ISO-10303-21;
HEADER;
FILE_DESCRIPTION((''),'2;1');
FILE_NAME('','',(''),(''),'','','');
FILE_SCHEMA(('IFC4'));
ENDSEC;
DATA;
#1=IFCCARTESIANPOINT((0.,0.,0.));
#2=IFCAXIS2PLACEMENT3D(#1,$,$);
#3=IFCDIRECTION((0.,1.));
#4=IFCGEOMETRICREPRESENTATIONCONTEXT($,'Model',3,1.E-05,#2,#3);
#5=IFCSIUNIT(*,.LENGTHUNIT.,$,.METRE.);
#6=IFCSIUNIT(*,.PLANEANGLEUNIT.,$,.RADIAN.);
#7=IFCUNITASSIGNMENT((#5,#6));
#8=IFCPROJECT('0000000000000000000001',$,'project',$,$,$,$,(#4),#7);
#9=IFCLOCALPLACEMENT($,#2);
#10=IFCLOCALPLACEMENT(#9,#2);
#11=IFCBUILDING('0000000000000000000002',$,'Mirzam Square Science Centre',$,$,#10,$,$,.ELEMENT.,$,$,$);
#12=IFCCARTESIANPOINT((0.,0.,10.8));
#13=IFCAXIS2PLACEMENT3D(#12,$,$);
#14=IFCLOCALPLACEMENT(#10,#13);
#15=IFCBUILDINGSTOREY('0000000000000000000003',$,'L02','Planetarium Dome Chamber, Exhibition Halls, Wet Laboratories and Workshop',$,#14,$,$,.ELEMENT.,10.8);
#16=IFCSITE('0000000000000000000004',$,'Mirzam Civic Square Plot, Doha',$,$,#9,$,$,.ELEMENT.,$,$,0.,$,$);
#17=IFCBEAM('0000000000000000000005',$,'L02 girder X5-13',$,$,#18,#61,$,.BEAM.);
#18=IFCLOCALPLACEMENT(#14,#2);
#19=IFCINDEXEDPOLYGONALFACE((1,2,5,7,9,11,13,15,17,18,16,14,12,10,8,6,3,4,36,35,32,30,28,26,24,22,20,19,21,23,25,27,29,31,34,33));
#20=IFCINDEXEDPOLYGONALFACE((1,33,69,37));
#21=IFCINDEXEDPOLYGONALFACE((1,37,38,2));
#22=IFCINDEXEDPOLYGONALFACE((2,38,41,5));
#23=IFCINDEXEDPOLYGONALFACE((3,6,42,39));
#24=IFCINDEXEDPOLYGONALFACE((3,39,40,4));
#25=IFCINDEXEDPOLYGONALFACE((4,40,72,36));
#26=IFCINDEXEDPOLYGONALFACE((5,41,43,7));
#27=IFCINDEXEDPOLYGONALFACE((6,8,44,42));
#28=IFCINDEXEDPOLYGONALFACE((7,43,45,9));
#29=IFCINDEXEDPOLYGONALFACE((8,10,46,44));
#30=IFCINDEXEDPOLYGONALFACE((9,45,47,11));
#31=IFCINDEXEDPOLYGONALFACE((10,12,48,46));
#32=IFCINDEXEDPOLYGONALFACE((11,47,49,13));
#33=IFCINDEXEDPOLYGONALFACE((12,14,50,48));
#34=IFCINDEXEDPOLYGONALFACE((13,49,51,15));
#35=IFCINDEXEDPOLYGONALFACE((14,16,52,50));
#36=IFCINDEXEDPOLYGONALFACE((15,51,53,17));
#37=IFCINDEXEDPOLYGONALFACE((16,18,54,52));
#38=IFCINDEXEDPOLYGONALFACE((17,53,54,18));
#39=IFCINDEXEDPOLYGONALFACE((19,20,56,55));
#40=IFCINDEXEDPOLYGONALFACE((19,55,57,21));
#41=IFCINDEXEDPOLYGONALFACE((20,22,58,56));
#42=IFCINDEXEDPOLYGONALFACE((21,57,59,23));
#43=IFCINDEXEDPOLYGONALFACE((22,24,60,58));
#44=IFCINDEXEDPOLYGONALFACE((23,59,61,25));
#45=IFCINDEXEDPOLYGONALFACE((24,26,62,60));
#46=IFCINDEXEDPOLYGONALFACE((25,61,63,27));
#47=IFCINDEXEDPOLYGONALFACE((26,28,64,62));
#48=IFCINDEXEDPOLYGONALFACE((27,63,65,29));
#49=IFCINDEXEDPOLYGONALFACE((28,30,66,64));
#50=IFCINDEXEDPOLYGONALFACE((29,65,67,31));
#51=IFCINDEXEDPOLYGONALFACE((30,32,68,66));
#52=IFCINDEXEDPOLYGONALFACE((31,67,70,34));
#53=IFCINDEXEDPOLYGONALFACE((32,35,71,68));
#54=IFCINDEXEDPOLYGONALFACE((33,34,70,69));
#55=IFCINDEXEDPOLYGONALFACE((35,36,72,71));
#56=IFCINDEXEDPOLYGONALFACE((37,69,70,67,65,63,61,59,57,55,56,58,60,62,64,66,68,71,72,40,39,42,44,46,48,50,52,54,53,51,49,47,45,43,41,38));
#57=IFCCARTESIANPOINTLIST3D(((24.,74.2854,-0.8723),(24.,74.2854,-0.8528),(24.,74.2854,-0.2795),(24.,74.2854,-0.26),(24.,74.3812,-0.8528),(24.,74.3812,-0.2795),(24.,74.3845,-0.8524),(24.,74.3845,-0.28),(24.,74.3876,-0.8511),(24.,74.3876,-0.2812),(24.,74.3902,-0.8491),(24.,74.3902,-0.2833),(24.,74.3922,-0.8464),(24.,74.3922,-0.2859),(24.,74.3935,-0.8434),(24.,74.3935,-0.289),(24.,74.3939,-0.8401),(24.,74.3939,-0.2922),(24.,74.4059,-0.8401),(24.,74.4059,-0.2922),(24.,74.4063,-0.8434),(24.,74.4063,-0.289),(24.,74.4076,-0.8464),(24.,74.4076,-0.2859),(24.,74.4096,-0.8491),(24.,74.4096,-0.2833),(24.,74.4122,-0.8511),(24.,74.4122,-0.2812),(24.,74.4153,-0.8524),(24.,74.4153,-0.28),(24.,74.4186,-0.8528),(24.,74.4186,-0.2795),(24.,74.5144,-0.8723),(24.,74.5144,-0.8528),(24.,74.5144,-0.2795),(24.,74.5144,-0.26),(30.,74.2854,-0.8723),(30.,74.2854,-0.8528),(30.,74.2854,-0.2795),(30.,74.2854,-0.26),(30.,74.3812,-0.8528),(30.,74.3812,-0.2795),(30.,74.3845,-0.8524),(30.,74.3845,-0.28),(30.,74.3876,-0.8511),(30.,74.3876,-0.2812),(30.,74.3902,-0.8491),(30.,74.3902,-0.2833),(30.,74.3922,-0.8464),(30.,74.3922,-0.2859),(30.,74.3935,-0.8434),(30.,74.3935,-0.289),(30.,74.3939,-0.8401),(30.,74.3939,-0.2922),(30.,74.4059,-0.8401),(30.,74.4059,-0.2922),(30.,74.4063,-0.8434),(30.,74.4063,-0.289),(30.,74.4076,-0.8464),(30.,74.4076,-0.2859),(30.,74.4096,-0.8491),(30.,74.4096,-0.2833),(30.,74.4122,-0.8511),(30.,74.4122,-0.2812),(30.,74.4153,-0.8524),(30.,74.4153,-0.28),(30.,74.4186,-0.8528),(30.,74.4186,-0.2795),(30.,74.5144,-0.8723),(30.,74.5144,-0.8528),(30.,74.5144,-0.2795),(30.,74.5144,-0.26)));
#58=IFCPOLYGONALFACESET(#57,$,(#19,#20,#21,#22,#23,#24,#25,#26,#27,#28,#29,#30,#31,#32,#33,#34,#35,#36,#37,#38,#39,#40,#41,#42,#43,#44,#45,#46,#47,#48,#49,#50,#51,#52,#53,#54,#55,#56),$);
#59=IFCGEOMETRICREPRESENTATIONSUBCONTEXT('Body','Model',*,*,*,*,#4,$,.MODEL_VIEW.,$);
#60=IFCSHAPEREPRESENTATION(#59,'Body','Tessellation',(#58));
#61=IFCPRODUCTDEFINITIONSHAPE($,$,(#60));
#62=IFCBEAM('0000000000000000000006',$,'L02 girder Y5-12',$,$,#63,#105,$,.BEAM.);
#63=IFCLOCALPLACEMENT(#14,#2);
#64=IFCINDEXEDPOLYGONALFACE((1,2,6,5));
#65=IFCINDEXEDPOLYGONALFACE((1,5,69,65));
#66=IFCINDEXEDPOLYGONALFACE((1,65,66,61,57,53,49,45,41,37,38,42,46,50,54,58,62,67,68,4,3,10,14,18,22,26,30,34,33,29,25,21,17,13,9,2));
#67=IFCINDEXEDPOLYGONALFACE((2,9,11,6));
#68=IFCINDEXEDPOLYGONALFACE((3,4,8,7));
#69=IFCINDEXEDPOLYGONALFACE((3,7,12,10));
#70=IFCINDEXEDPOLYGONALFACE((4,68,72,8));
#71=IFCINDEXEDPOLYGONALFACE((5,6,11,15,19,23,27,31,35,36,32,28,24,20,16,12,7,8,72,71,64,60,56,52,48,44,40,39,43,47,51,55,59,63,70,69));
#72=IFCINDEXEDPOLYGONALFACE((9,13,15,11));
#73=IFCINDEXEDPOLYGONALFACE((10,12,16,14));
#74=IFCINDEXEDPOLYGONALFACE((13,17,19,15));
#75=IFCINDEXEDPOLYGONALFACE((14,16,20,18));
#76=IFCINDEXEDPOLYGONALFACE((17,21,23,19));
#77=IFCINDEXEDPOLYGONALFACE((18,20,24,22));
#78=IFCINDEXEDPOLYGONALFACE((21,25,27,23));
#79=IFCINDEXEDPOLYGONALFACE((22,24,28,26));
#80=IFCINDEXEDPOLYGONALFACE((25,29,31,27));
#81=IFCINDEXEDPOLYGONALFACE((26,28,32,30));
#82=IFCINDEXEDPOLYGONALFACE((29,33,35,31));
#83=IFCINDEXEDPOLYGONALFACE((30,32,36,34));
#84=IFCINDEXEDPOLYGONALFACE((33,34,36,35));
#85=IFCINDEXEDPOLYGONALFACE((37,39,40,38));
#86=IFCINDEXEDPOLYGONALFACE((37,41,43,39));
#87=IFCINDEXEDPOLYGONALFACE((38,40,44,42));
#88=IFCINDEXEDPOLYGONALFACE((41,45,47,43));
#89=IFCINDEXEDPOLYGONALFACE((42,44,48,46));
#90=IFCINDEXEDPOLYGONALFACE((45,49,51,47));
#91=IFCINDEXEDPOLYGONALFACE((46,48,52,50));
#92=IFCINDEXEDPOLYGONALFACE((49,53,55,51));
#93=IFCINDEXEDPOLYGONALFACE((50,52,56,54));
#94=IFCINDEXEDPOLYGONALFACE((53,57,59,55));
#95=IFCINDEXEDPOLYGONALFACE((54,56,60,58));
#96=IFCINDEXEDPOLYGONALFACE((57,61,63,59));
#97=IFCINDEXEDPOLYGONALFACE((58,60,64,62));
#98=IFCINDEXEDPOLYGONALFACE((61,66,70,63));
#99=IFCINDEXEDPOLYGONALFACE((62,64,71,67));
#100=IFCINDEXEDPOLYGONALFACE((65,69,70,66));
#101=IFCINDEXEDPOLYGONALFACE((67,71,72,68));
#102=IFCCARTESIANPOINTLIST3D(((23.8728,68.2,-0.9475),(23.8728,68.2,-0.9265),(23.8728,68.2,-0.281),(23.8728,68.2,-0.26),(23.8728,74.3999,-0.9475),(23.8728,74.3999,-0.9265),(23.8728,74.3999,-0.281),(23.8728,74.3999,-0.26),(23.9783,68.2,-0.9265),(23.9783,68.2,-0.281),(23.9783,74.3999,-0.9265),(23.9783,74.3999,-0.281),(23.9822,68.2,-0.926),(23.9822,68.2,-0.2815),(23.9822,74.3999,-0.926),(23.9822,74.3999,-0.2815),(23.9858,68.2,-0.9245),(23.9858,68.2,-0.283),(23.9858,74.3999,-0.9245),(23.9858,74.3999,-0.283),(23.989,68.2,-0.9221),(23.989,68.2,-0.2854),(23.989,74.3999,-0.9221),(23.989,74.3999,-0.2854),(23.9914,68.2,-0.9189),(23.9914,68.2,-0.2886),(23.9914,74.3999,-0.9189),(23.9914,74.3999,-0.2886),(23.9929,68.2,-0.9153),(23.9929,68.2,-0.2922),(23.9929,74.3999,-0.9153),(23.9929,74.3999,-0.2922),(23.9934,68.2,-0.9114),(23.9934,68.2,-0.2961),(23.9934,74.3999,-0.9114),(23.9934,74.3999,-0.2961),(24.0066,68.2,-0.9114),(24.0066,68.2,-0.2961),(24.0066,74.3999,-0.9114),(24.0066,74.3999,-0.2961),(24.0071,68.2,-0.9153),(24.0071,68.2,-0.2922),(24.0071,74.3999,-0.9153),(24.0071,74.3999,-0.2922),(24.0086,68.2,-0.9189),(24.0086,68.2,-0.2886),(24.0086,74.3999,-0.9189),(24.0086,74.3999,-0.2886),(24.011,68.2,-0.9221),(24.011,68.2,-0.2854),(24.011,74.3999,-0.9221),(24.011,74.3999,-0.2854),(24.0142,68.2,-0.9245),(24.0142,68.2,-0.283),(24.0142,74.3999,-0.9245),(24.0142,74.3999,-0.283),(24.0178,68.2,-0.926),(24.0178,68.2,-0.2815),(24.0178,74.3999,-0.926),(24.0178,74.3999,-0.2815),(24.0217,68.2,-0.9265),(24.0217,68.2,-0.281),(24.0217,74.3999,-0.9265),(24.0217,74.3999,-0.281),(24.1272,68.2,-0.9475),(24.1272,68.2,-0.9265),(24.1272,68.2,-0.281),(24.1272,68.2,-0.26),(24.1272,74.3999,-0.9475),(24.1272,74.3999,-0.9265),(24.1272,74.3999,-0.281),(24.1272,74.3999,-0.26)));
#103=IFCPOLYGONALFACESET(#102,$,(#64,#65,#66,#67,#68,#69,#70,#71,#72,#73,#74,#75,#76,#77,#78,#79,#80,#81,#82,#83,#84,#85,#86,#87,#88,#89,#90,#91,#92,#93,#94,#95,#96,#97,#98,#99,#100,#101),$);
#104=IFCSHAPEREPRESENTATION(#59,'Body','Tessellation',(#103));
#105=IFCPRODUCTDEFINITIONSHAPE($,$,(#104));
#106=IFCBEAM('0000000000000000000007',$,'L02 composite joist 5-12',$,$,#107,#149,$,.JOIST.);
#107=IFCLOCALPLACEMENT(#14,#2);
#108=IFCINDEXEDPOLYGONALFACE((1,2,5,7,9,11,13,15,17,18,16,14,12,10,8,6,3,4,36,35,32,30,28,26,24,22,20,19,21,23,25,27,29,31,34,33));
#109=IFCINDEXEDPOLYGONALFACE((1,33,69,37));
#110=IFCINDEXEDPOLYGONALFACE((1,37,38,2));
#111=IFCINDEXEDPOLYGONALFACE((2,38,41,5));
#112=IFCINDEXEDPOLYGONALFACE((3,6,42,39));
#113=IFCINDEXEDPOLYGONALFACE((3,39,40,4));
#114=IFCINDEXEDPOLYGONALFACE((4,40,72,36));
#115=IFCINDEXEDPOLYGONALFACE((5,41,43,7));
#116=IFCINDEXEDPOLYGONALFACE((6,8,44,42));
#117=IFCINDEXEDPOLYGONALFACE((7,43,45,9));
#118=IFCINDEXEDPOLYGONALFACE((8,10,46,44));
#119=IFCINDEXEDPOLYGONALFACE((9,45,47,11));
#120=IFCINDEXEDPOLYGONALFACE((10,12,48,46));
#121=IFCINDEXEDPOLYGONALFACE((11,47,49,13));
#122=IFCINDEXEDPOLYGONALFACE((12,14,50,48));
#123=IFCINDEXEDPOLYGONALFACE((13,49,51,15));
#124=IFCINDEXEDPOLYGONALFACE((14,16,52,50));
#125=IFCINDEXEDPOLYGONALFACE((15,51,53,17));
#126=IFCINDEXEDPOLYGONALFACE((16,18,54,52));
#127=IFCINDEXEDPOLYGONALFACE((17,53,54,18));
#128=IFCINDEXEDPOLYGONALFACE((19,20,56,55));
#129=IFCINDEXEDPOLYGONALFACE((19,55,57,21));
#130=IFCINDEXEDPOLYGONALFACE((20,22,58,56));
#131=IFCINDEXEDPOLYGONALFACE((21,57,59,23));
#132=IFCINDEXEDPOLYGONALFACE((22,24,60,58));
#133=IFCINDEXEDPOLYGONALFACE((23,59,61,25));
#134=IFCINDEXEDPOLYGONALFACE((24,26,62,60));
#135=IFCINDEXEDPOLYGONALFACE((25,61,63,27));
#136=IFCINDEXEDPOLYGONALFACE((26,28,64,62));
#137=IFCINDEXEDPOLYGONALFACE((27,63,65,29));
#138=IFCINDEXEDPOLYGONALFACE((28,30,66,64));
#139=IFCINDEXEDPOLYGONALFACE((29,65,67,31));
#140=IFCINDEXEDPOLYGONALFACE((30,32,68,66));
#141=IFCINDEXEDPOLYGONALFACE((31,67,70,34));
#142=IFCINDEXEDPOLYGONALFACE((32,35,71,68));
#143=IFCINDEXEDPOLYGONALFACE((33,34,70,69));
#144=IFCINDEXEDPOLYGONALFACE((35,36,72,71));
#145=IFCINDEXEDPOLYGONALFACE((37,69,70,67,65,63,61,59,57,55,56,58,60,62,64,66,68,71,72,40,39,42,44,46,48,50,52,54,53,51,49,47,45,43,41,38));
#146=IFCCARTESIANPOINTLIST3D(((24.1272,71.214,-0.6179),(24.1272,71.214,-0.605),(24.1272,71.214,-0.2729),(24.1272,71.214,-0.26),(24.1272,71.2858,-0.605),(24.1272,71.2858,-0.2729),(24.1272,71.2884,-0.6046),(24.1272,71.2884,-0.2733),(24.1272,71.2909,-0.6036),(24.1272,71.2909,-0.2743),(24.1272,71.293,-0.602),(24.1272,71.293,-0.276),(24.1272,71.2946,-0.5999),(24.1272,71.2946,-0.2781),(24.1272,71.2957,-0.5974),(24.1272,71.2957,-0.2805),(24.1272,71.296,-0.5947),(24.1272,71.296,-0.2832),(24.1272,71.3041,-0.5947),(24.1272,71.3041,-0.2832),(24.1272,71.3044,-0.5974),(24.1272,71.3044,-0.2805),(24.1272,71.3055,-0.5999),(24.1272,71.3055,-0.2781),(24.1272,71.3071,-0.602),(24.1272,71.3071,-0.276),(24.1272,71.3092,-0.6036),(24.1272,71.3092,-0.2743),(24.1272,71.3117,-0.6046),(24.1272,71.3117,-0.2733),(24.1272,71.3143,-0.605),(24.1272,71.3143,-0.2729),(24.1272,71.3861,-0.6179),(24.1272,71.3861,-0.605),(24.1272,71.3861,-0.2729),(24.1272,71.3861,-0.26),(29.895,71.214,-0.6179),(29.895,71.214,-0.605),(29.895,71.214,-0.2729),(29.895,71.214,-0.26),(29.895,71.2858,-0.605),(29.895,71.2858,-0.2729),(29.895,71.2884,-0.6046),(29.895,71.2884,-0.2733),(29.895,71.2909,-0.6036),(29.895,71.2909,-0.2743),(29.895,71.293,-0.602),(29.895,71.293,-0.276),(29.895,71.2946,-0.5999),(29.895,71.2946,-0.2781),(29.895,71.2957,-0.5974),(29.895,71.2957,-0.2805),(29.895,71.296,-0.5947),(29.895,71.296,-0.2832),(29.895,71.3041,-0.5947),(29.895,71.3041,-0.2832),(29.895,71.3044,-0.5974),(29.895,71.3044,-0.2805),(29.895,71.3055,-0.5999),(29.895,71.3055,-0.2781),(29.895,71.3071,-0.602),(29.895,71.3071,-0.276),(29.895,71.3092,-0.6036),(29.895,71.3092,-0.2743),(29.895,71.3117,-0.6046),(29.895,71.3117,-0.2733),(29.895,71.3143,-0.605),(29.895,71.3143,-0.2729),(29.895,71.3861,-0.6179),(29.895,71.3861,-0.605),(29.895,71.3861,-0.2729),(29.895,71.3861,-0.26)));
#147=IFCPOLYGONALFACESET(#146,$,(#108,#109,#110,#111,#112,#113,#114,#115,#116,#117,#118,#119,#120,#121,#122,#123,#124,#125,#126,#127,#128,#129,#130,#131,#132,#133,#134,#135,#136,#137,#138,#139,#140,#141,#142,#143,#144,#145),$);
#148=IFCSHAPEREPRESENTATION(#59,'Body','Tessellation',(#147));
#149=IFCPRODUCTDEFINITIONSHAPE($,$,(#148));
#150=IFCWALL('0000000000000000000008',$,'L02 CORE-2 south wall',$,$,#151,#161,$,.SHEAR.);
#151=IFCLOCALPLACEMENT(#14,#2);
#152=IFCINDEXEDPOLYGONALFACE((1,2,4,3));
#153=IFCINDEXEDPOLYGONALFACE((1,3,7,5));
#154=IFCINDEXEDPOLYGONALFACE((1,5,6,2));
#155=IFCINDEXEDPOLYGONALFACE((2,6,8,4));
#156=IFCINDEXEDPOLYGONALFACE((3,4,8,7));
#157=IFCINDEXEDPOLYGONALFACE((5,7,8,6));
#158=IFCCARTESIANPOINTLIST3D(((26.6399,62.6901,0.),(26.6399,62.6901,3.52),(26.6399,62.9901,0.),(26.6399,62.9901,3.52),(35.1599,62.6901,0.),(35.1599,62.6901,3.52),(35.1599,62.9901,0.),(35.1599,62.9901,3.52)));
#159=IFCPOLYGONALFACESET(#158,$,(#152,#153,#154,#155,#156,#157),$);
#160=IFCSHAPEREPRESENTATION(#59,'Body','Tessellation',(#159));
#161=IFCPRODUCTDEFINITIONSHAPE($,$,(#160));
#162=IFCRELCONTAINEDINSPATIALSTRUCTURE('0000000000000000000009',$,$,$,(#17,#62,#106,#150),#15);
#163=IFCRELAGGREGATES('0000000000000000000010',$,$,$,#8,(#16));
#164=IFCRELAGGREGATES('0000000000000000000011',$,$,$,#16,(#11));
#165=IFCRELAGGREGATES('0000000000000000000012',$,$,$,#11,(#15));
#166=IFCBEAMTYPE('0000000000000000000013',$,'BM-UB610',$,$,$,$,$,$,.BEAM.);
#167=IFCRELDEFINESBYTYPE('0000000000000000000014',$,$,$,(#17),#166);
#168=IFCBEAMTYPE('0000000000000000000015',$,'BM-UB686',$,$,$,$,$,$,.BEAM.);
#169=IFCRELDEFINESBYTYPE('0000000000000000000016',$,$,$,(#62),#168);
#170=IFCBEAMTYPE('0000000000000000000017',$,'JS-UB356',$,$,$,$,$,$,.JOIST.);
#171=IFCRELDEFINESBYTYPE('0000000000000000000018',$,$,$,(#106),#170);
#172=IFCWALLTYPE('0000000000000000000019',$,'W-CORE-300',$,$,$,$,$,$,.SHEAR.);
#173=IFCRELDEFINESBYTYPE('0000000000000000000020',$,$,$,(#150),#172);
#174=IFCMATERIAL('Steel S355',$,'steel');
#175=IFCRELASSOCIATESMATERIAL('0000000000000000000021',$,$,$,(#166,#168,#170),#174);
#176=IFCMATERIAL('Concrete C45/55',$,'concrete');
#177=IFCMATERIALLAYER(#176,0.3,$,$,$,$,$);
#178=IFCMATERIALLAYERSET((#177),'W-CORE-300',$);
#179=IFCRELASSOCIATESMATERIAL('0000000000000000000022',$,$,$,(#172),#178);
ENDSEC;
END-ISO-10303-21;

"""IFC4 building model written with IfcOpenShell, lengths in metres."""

from ifc_helpers import new_model, si_unit, direction, frame, frame_2d, origin, origin_2d, place, context, subcontext, project, spatial, rectangle, i_section, extrude, material, layer, layer_set, material_profile, profile_set, type_object, element, save


model = new_model("IFC4")

# Units and contexts
model_context = context("Model", 3, precision=1e-05, world=origin(), true_north=direction((0.0, 1.0)))
body_context = subcontext(model_context, "Body", "Model", "MODEL_VIEW")
ifc_project = project(units=[si_unit("LENGTHUNIT", "METRE"), si_unit("PLANEANGLEUNIT", "RADIAN")], contexts=[model_context])

# Site, building, storey
site_placement = place(None, origin())
site = spatial("IfcSite", under=ifc_project, at=site_placement, Name="Mirzam Civic Square Plot, Doha", CompositionType="ELEMENT", RefElevation=0.0)
building_placement = place(site_placement, origin())
building = spatial("IfcBuilding", under=site, at=building_placement, Name="Mirzam Square Science Centre", CompositionType="ELEMENT")
storey_placement = place(building_placement, frame((0.0, 0.0, 10.8)))
storey = spatial("IfcBuildingStorey", under=building, at=storey_placement, Name="L02", Description="Planetarium Dome Chamber, Exhibition Halls, Wet Laboratories and Workshop", CompositionType="ELEMENT", Elevation=10.8)

# Shared definitions
ifc_material_1 = material(Name="Steel S355", Category="steel")

# Beams
ifc_material_profile_1 = material_profile(ifc_material_1, i_section(OverallWidth=0.229, OverallDepth=0.6123, WebThickness=0.012, FlangeThickness=0.0195, FilletRadius=0.0127, at=origin_2d()), Name="610x229x125UB")
ifc_profile_set_1 = profile_set([ifc_material_profile_1], Name="Steel S355")
beam_type_1 = type_object("IfcBeamType", Name="BM-UB610", PredefinedType="BEAM", material=ifc_profile_set_1)
beam_1_placement = place(storey_placement, frame((24.0, 74.3999, -0.5662), z_axis=(1.0, 0.0, 0.0), x_axis=(0.0, 1.0, 0.0)))
element("IfcBeam", 1, at=beam_1_placement, inside=storey, type_object=beam_type_1, Name="L02 girder X5-13", PredefinedType="BEAM", context=body_context, shape_type="SweptSolid", body=[
    extrude(i_section(OverallWidth=0.229, OverallDepth=0.6123, WebThickness=0.012, FlangeThickness=0.0195, FilletRadius=0.0127, at=origin_2d()), origin(), (0.0, 0.0, 1.0), 6.0),
])
ifc_material_profile_2 = material_profile(ifc_material_1, i_section(OverallWidth=0.2544, OverallDepth=0.6875, WebThickness=0.0132, FlangeThickness=0.021, FilletRadius=0.0151, at=origin_2d()), Name="686x254x152UB")
ifc_profile_set_2 = profile_set([ifc_material_profile_2], Name="Steel S355")
beam_type_2 = type_object("IfcBeamType", Name="BM-UB686", PredefinedType="BEAM", material=ifc_profile_set_2)
beam_2_placement = place(storey_placement, frame((24.0, 68.2, -0.6038), z_axis=(0.0, 1.0, 0.0), x_axis=(-1.0, 0.0, 0.0)))
element("IfcBeam", 2, at=beam_2_placement, inside=storey, type_object=beam_type_2, Name="L02 girder Y5-12", PredefinedType="BEAM", context=body_context, shape_type="SweptSolid", body=[
    extrude(i_section(OverallWidth=0.2544, OverallDepth=0.6875, WebThickness=0.0132, FlangeThickness=0.021, FilletRadius=0.0151, at=origin_2d()), origin(), (0.0, 0.0, 1.0), 6.2),
])
ifc_material_profile_3 = material_profile(ifc_material_1, i_section(OverallWidth=0.1721, OverallDepth=0.3579, WebThickness=0.0081, FlangeThickness=0.0129, FilletRadius=0.0103, at=origin_2d()), Name="356x171x57UB")
ifc_profile_set_3 = profile_set([ifc_material_profile_3], Name="Steel S355")
beam_type_3 = type_object("IfcBeamType", Name="JS-UB356", PredefinedType="JOIST", material=ifc_profile_set_3)
beam_3_placement = place(storey_placement, frame((24.1272, 71.3, -0.439), z_axis=(1.0, 0.0, 0.0), x_axis=(0.0, 1.0, 0.0)))
element("IfcBeam", 3, at=beam_3_placement, inside=storey, type_object=beam_type_3, Name="L02 composite joist 5-12", PredefinedType="JOIST", context=body_context, shape_type="SweptSolid", body=[
    extrude(i_section(OverallWidth=0.1721, OverallDepth=0.3579, WebThickness=0.0081, FlangeThickness=0.0129, FilletRadius=0.0103, at=origin_2d()), origin(), (0.0, 0.0, 1.0), 5.7678),
])

# Wall
ifc_material_2 = material(Name="Concrete C45/55", Category="concrete")
ifc_layer_1 = layer(ifc_material_2, 0.3)
ifc_layer_set_1 = layer_set([ifc_layer_1], Name="W-CORE-300")
wall_type_1 = type_object("IfcWallType", Name="W-CORE-300", PredefinedType="SHEAR", material=ifc_layer_set_1)
wall_1_placement = place(storey_placement, frame((26.6399, 62.8401, 0.0), z_axis=(0.0, 0.0, 1.0), x_axis=(1.0, 0.0, 0.0)))
element("IfcWall", 4, at=wall_1_placement, inside=storey, type_object=wall_type_1, Name="L02 CORE-2 south wall", PredefinedType="SHEAR", context=body_context, shape_type="SweptSolid", body=[
    extrude(rectangle(XDim=8.52, YDim=0.3, at=frame_2d((4.26, 0.0))), origin(), (0.0, 0.0, 1.0), 3.52),
])

save(model, "model.ifc")
